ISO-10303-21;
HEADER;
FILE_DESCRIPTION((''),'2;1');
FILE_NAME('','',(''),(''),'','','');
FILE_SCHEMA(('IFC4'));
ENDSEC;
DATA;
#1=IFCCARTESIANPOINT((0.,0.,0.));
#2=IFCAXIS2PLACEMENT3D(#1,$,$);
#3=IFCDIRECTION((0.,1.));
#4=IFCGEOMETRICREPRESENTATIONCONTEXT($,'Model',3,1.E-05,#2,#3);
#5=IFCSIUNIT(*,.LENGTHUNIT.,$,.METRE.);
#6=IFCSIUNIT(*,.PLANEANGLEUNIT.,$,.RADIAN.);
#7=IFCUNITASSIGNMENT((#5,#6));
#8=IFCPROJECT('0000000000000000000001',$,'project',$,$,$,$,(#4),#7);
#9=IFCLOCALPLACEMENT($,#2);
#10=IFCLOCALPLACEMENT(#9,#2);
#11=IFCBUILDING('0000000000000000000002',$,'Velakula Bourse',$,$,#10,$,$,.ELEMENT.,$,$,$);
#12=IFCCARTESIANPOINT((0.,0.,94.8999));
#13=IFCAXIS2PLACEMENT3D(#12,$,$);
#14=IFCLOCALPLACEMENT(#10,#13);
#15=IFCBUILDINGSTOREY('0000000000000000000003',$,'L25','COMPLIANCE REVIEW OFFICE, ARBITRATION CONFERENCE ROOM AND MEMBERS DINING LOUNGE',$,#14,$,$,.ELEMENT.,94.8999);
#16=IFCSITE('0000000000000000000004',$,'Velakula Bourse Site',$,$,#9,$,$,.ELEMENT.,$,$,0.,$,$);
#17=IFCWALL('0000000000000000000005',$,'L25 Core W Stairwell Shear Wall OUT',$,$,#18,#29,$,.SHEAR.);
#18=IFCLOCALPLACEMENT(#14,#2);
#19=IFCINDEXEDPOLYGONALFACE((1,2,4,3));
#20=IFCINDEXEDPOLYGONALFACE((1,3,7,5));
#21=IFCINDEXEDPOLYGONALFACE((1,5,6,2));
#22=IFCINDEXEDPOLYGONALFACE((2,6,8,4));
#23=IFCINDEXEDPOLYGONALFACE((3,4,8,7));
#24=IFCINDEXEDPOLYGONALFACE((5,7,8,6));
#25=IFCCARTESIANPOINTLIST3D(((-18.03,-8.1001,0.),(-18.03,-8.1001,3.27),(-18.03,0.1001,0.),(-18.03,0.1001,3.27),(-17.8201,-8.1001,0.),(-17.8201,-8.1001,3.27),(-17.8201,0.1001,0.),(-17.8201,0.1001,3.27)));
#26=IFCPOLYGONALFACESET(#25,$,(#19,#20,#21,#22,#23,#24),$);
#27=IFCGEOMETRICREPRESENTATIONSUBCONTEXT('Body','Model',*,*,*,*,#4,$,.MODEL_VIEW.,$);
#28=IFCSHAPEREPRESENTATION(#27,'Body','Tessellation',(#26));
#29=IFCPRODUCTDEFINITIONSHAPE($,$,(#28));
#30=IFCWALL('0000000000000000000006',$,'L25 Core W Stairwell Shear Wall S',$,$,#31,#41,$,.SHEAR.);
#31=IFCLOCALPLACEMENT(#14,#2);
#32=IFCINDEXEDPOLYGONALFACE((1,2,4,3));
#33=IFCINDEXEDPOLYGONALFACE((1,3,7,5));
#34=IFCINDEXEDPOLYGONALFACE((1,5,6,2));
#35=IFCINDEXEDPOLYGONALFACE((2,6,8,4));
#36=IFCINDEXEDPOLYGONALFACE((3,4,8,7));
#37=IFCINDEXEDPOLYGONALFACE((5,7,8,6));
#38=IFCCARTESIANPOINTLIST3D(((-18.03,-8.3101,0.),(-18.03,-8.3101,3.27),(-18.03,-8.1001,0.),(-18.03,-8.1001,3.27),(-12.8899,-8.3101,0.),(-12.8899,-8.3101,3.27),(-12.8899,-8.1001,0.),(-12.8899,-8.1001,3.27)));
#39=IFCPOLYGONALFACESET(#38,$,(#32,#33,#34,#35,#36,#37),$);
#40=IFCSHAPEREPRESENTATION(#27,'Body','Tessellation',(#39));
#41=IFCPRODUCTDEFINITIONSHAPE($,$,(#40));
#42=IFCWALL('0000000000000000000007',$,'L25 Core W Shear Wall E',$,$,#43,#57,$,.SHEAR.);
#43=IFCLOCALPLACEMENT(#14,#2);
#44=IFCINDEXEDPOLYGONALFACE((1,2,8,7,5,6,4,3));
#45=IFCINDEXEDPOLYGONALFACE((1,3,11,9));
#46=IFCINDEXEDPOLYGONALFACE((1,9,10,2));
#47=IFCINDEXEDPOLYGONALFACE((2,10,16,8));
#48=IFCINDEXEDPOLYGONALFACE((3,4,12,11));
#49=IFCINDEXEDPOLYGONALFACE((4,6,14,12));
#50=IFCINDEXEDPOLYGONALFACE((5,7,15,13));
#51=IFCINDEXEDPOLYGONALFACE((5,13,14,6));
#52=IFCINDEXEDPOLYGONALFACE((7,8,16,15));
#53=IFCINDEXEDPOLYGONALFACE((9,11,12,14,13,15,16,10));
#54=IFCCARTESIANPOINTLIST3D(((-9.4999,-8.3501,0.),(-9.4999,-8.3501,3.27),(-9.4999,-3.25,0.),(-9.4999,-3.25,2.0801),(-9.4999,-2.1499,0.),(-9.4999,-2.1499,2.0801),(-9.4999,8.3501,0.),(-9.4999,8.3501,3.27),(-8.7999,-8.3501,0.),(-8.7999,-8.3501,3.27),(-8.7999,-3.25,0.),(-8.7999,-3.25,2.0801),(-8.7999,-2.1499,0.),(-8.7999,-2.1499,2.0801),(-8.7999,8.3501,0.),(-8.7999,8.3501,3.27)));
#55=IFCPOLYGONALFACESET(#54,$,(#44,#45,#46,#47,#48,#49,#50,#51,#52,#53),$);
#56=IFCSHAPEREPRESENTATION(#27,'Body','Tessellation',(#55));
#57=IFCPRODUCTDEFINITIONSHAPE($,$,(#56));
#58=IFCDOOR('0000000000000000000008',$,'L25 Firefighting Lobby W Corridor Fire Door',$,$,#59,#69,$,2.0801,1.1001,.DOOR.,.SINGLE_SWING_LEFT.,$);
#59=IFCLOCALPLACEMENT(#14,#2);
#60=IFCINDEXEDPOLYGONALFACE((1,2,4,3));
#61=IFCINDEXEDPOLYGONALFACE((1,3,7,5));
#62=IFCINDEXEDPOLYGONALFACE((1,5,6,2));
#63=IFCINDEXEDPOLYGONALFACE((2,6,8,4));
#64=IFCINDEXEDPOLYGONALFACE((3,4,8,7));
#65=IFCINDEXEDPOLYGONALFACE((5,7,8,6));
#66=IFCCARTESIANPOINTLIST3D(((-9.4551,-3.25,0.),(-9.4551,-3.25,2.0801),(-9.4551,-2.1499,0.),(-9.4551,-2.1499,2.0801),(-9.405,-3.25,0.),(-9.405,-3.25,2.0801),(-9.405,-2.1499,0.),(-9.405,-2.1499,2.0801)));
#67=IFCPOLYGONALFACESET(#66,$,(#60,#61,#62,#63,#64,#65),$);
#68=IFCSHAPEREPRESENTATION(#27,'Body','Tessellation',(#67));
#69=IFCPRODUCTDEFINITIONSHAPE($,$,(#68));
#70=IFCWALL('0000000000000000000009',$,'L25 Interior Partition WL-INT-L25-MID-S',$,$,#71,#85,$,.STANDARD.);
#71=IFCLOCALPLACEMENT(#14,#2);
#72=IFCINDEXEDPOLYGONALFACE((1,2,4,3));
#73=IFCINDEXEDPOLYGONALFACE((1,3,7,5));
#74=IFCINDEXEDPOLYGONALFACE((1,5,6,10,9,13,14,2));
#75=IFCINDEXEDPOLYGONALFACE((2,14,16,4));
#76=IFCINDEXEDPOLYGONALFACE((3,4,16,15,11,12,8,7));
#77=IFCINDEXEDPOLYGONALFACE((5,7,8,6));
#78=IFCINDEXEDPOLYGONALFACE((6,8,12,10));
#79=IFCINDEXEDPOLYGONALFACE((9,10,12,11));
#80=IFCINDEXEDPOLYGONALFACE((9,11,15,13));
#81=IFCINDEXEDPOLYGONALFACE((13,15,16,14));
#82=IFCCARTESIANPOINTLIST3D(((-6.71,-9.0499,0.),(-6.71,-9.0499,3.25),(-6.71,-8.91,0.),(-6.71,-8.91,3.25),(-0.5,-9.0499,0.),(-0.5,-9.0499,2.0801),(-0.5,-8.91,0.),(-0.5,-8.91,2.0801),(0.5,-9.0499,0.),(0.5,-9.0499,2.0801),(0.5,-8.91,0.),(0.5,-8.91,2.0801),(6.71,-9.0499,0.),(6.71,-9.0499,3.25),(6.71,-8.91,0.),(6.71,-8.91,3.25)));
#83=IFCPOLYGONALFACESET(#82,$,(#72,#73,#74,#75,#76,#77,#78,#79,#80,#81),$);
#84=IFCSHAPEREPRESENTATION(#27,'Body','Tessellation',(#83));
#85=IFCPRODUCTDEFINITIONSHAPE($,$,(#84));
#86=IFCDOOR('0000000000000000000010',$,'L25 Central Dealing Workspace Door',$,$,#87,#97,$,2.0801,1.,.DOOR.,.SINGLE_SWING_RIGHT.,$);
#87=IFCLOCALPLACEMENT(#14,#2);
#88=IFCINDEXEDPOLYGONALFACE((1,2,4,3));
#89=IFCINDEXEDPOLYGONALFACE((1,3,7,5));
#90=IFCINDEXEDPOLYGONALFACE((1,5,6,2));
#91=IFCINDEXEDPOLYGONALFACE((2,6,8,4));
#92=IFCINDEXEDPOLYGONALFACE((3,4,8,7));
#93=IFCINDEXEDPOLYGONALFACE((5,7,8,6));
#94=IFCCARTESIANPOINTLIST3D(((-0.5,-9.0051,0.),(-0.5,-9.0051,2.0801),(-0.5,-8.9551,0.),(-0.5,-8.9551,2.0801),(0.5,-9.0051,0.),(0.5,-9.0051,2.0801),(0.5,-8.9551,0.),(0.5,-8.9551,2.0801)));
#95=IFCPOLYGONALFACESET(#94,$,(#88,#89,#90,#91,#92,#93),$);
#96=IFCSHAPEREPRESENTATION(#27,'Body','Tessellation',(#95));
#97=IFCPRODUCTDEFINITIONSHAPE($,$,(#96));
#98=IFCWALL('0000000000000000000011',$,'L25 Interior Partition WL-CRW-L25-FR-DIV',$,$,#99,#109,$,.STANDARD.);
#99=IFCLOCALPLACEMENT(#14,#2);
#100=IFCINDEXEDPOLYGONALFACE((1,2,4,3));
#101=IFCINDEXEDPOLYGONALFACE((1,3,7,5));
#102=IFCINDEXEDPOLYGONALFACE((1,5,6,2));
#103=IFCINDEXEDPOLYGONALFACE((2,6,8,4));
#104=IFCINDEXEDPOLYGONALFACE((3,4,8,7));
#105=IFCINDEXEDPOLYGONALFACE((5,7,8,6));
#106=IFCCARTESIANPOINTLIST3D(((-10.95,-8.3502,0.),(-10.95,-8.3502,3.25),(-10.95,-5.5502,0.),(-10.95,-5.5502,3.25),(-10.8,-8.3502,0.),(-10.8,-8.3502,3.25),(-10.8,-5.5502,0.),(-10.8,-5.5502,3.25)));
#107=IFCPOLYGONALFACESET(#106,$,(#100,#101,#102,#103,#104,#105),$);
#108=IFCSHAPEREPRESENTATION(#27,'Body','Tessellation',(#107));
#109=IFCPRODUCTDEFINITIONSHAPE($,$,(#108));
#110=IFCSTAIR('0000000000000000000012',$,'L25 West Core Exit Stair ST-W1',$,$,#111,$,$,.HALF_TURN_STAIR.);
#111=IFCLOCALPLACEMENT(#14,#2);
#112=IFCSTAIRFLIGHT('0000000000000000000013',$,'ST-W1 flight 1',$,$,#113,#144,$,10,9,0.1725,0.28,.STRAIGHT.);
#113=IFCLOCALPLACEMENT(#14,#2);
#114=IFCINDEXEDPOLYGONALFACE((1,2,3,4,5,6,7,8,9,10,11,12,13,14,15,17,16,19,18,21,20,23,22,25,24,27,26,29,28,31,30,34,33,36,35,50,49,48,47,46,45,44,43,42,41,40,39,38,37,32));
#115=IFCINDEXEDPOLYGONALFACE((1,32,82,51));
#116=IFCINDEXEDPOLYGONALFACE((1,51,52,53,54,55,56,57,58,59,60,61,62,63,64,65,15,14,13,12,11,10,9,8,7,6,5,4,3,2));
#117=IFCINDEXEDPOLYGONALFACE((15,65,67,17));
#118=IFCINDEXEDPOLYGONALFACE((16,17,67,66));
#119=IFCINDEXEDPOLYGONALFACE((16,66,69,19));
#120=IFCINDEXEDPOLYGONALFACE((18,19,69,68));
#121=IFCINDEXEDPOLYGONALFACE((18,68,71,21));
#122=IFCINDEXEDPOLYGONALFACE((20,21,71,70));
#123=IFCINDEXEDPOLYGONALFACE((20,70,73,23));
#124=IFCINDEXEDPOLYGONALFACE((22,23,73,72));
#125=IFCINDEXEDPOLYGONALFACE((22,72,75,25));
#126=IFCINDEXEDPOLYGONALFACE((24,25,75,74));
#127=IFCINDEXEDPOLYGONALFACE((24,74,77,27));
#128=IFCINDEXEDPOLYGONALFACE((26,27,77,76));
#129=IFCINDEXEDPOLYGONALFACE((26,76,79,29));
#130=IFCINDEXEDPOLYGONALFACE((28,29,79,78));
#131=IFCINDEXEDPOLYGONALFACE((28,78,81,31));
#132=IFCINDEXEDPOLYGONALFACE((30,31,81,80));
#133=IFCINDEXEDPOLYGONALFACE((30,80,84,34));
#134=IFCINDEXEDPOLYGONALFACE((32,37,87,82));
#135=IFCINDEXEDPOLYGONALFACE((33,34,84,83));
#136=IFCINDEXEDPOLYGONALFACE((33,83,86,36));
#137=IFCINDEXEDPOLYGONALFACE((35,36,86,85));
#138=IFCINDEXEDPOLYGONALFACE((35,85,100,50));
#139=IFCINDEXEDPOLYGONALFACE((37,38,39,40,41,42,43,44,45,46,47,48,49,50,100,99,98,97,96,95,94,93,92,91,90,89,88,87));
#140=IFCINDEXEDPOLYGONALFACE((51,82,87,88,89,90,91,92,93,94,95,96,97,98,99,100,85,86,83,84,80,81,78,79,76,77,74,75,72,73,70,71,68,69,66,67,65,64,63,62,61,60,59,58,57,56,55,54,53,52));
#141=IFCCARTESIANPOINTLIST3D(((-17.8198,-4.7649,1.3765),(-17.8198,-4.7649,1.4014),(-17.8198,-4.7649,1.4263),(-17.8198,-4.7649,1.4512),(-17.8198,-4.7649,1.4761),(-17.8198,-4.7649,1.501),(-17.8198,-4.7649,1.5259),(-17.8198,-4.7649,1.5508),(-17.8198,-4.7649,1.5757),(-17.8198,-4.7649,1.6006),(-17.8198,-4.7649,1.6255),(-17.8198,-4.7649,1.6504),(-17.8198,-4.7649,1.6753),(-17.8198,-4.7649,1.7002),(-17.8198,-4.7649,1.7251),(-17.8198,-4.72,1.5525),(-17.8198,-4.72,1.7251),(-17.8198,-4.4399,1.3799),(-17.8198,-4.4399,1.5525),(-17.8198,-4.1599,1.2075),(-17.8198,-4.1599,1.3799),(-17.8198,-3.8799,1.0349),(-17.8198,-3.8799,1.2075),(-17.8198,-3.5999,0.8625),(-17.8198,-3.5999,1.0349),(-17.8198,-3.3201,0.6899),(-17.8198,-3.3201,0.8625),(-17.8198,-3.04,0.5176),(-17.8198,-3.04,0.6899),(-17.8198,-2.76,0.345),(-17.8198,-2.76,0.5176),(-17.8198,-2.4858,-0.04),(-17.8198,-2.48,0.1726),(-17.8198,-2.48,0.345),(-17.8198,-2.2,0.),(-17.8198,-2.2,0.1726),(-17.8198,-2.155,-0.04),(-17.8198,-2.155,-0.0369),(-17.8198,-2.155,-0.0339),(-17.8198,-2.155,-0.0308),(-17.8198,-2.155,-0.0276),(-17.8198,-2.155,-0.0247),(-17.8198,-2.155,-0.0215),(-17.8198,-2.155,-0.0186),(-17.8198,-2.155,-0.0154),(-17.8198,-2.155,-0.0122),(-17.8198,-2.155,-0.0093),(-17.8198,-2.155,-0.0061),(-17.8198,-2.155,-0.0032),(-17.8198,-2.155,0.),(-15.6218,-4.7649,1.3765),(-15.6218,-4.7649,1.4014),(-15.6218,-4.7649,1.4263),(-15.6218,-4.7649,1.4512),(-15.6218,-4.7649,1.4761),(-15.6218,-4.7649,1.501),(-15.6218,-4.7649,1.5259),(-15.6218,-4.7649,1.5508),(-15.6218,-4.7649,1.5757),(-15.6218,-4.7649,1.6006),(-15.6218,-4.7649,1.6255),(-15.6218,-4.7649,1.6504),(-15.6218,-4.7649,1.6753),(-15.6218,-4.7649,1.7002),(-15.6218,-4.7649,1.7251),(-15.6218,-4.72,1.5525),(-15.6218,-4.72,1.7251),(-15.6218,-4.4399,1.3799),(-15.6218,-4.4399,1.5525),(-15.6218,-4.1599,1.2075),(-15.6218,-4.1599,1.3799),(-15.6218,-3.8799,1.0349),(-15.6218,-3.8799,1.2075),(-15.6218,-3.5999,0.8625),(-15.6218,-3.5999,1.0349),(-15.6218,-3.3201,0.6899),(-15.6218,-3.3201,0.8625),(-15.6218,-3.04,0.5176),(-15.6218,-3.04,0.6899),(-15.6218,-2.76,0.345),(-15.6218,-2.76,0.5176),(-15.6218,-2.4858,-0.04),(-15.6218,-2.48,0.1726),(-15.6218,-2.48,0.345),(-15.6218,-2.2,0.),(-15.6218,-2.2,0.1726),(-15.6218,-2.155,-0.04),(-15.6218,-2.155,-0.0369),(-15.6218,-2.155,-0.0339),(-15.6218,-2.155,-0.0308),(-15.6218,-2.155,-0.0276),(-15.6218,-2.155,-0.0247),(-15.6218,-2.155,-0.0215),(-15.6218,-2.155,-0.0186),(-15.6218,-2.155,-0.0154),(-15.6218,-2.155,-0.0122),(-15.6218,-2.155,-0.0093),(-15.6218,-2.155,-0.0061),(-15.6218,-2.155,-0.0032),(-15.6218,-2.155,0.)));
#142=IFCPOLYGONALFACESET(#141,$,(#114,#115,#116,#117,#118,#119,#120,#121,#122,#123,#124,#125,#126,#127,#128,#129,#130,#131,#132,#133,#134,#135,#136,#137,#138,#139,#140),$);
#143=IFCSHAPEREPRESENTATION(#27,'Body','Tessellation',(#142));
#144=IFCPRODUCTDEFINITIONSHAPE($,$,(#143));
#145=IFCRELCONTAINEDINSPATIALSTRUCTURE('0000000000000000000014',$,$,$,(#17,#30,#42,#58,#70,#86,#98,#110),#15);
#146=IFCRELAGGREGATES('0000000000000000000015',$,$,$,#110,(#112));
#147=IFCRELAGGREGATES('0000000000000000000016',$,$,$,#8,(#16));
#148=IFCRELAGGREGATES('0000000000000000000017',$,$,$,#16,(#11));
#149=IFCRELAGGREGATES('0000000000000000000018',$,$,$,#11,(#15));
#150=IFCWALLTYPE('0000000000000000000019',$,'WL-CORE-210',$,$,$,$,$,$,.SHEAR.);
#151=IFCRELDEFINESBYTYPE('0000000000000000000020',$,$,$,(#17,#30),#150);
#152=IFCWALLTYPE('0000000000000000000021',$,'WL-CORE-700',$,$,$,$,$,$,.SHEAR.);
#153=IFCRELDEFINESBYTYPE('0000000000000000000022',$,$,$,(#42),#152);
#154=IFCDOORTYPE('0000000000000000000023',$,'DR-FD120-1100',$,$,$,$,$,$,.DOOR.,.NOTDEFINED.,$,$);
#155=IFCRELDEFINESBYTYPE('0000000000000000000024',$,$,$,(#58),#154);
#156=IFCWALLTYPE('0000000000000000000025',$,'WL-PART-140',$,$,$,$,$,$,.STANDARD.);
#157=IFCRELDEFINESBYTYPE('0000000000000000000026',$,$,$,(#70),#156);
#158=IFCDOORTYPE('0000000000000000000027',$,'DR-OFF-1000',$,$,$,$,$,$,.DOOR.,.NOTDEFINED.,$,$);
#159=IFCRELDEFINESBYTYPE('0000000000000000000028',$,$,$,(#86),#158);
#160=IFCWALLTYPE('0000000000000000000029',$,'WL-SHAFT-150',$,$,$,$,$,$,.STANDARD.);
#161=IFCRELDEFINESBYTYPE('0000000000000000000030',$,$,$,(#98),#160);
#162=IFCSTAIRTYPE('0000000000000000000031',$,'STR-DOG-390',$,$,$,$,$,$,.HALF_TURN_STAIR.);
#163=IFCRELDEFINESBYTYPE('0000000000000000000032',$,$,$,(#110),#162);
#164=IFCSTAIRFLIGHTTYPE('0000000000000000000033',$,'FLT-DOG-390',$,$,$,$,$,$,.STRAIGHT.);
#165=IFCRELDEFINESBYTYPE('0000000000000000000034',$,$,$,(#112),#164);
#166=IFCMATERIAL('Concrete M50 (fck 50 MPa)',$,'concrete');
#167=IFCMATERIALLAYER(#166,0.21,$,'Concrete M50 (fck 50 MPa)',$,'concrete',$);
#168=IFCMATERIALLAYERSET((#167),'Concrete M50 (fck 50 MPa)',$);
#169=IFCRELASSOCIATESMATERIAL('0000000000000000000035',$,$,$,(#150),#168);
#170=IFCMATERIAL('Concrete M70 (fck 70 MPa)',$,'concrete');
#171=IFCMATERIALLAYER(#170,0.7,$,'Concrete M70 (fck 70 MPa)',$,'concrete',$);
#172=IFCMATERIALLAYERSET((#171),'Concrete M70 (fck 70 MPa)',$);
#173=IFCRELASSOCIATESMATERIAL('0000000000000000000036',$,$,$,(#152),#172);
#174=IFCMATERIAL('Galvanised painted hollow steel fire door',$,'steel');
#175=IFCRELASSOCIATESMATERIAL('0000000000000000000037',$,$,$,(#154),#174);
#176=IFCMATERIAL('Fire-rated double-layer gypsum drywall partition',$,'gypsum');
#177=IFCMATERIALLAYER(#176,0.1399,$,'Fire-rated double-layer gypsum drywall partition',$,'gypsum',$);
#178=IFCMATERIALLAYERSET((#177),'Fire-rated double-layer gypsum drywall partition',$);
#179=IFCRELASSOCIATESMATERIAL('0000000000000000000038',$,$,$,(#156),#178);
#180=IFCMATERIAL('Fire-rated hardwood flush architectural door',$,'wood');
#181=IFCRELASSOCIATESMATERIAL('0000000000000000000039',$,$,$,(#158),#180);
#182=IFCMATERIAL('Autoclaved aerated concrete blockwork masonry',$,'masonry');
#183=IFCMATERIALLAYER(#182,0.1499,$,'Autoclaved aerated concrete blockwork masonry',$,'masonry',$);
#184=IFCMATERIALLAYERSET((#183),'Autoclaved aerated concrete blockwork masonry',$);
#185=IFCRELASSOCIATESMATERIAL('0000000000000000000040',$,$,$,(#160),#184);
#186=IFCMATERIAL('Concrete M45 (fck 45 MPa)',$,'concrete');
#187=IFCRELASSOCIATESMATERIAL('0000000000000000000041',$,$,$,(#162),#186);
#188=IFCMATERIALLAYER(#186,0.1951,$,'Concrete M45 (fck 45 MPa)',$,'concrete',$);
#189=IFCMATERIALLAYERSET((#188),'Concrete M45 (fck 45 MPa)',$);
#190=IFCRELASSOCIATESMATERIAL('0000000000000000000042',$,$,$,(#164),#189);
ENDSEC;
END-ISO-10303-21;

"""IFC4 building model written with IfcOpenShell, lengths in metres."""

from ifc_helpers import new_model, si_unit, direction, frame, frame_2d, origin, place, context, subcontext, project, spatial, polyline, rectangle, outline, extrude, material, layer, layer_set, type_object, element, fill, aggregate, save


model = new_model("IFC4")

# Units and contexts
model_context = context("Model", 3, precision=1e-05, world=origin(), true_north=direction((0.0, 1.0)))
body_context = subcontext(model_context, "Body", "Model", "MODEL_VIEW")
ifc_project = project(units=[si_unit("LENGTHUNIT", "METRE"), si_unit("PLANEANGLEUNIT", "RADIAN")], contexts=[model_context])

# Site, building, storey
site_placement = place(None, origin())
site = spatial("IfcSite", under=ifc_project, at=site_placement, Name="Velakula Bourse Site", CompositionType="ELEMENT", RefElevation=0.0)
building_placement = place(site_placement, origin())
building = spatial("IfcBuilding", under=site, at=building_placement, Name="Velakula Bourse", CompositionType="ELEMENT")
storey_placement = place(building_placement, frame((0.0, 0.0, 94.8999)))
storey = spatial("IfcBuildingStorey", under=building, at=storey_placement, Name="L25", Description="COMPLIANCE REVIEW OFFICE, ARBITRATION CONFERENCE ROOM AND MEMBERS DINING LOUNGE", CompositionType="ELEMENT", Elevation=94.8999)

# Shared definitions
ifc_material_1 = material(Name="Concrete M70 (fck 70 MPa)", Category="concrete")

# Shared definitions
ifc_material_2 = material(Name="Concrete M50 (fck 50 MPa)", Category="concrete")
ifc_layer_1 = layer(ifc_material_2, 0.21, Name="Concrete M50 (fck 50 MPa)", Category="concrete")
ifc_layer_set_1 = layer_set([ifc_layer_1], Name="Concrete M50 (fck 50 MPa)")
wall_type_1 = type_object("IfcWallType", Name="WL-CORE-210", PredefinedType="SHEAR", material=ifc_layer_set_1)
ifc_material_3 = material(Name="Galvanised painted hollow steel fire door", Category="steel")

# Walls
wall_1_placement = place(storey_placement, frame((-17.925, -8.1001, 0.0), z_axis=(0.0, 0.0, 1.0), x_axis=(0.0, 1.0, 0.0)))
element("IfcWall", 1, at=wall_1_placement, inside=storey, type_object=wall_type_1, Name="L25 Core W Stairwell Shear Wall OUT", PredefinedType="SHEAR", context=body_context, shape_type="SweptSolid", body=[
    extrude(rectangle(XDim=8.2002, YDim=0.21, at=frame_2d((4.1001, 0.0))), origin(), (0.0, 0.0, 1.0), 3.27),
])
wall_2_placement = place(storey_placement, frame((-18.03, -8.2051, 0.0), z_axis=(0.0, 0.0, 1.0), x_axis=(1.0, 0.0, 0.0)))
element("IfcWall", 2, at=wall_2_placement, inside=storey, type_object=wall_type_1, Name="L25 Core W Stairwell Shear Wall S", PredefinedType="SHEAR", context=body_context, shape_type="SweptSolid", body=[
    extrude(rectangle(XDim=5.1401, YDim=0.21, at=frame_2d((2.5701, 0.0))), origin(), (0.0, 0.0, 1.0), 3.27),
])

# Walls, openings, doors
ifc_layer_2 = layer(ifc_material_1, 0.7, Name="Concrete M70 (fck 70 MPa)", Category="concrete")
ifc_layer_set_2 = layer_set([ifc_layer_2], Name="Concrete M70 (fck 70 MPa)")
wall_type_2 = type_object("IfcWallType", Name="WL-CORE-700", PredefinedType="SHEAR", material=ifc_layer_set_2)
wall_3_placement = place(storey_placement, frame((-9.1499, -8.3501, 0.0), z_axis=(0.0, 0.0, 1.0), x_axis=(0.0, 1.0, 0.0)))
wall_3 = element("IfcWall", 3, at=wall_3_placement, inside=storey, type_object=wall_type_2, Name="L25 Core W Shear Wall E", PredefinedType="SHEAR", context=body_context, shape_type="SweptSolid", body=[
    extrude(rectangle(XDim=16.7002, YDim=0.7, at=frame_2d((8.3501, 0.0))), origin(), (0.0, 0.0, 1.0), 3.27),
])
opening_1_placement = place(wall_3_placement, frame((5.1001, 0.0, 0.0)))
opening_1 = element("IfcOpeningElement", 4, at=opening_1_placement, cuts=wall_3, PredefinedType="OPENING", context=body_context, shape_type="SweptSolid", body=[
    extrude(rectangle(XDim=1.1001, YDim=2.0801, at=frame_2d((0.55, 1.04))), frame((0.0, 0.3599, 0.0), z_axis=(0.0, -1.0, 0.0), x_axis=(1.0, 0.0, 0.0)), (0.0, 0.0, 1.0), 0.72),
])
door_type_1 = type_object("IfcDoorType", Name="DR-FD120-1100", OperationType="NOTDEFINED", PredefinedType="DOOR", material=ifc_material_3)
door_1_placement = place(opening_1_placement, origin())
door_1 = element("IfcDoor", 5, at=door_1_placement, inside=storey, type_object=door_type_1, Name="L25 Firefighting Lobby W Corridor Fire Door", OperationType="SINGLE_SWING_LEFT", OverallHeight=2.0801, OverallWidth=1.1001, PredefinedType="DOOR", context=body_context, shape_type="SweptSolid", body=[
    extrude(rectangle(XDim=1.1001, YDim=2.0801, at=frame_2d((0.55, 1.04))), frame((0.0, 0.3052, 0.0), z_axis=(0.0, -1.0, 0.0), x_axis=(1.0, 0.0, 0.0)), (0.0, 0.0, 1.0), 0.05),
])
fill(opening_1, door_1)
ifc_material_4 = material(Name="Fire-rated double-layer gypsum drywall partition", Category="gypsum")
ifc_layer_3 = layer(ifc_material_4, 0.1399, Name="Fire-rated double-layer gypsum drywall partition", Category="gypsum")
ifc_layer_set_3 = layer_set([ifc_layer_3], Name="Fire-rated double-layer gypsum drywall partition")
wall_type_3 = type_object("IfcWallType", Name="WL-PART-140", PredefinedType="STANDARD", material=ifc_layer_set_3)
wall_4_placement = place(storey_placement, frame((-6.71, -8.98, 0.0), z_axis=(0.0, 0.0, 1.0), x_axis=(1.0, 0.0, 0.0)))
wall_4 = element("IfcWall", 6, at=wall_4_placement, inside=storey, type_object=wall_type_3, Name="L25 Interior Partition WL-INT-L25-MID-S", PredefinedType="STANDARD", context=body_context, shape_type="SweptSolid", body=[
    extrude(rectangle(XDim=13.4199, YDim=0.1399, at=frame_2d((6.71, 0.0))), origin(), (0.0, 0.0, 1.0), 3.25),
])
opening_2_placement = place(wall_4_placement, frame((6.21, 0.0, 0.0)))
opening_2 = element("IfcOpeningElement", 7, at=opening_2_placement, cuts=wall_4, PredefinedType="OPENING", context=body_context, shape_type="SweptSolid", body=[
    extrude(rectangle(XDim=1.0, YDim=2.0801, at=frame_2d((0.5, 1.04))), frame((0.0, 0.0798, 0.0), z_axis=(0.0, -1.0, 0.0), x_axis=(1.0, 0.0, 0.0)), (0.0, 0.0, 1.0), 0.1599),
])
ifc_material_5 = material(Name="Fire-rated hardwood flush architectural door", Category="wood")
door_type_2 = type_object("IfcDoorType", Name="DR-OFF-1000", OperationType="NOTDEFINED", PredefinedType="DOOR", material=ifc_material_5)
door_2_placement = place(opening_2_placement, origin())
door_2 = element("IfcDoor", 8, at=door_2_placement, inside=storey, type_object=door_type_2, Name="L25 Central Dealing Workspace Door", OperationType="SINGLE_SWING_RIGHT", OverallHeight=2.0801, OverallWidth=1.0, PredefinedType="DOOR", context=body_context, shape_type="SweptSolid", body=[
    extrude(rectangle(XDim=1.0, YDim=2.0801, at=frame_2d((0.5, 1.04))), frame((0.0, 0.0249, 0.0), z_axis=(0.0, -1.0, 0.0), x_axis=(1.0, 0.0, 0.0)), (0.0, 0.0, 1.0), 0.05),
])
fill(opening_2, door_2)

# Shared definitions
ifc_material_6 = material(Name="Autoclaved aerated concrete blockwork masonry", Category="masonry")
ifc_layer_4 = layer(ifc_material_6, 0.1499, Name="Autoclaved aerated concrete blockwork masonry", Category="masonry")
ifc_layer_set_4 = layer_set([ifc_layer_4], Name="Autoclaved aerated concrete blockwork masonry")
wall_type_4 = type_object("IfcWallType", Name="WL-SHAFT-150", PredefinedType="STANDARD", material=ifc_layer_set_4)

# Wall
wall_5_placement = place(storey_placement, frame((-10.875, -8.3501, 0.0), z_axis=(0.0, 0.0, 1.0), x_axis=(0.0, 1.0, 0.0)))
element("IfcWall", 9, at=wall_5_placement, inside=storey, type_object=wall_type_4, Name="L25 Interior Partition WL-CRW-L25-FR-DIV", PredefinedType="STANDARD", context=body_context, shape_type="SweptSolid", body=[
    extrude(rectangle(XDim=2.8, YDim=0.1499, at=frame_2d((1.3999, 0.0))), origin(), (0.0, 0.0, 1.0), 3.25),
])

# Stair, stair flight
ifc_material_7 = material(Name="Concrete M45 (fck 45 MPa)", Category="concrete")
stair_type = type_object("IfcStairType", Name="STR-DOG-390", PredefinedType="HALF_TURN_STAIR", material=ifc_material_7)
stair_placement = place(storey_placement, origin())
stair = element("IfcStair", 10, at=stair_placement, inside=storey, type_object=stair_type, Name="L25 West Core Exit Stair ST-W1", PredefinedType="HALF_TURN_STAIR")
ifc_layer_5 = layer(ifc_material_7, 0.1951, Name="Concrete M45 (fck 45 MPa)", Category="concrete")
ifc_layer_set_5 = layer_set([ifc_layer_5], Name="Concrete M45 (fck 45 MPa)")
stair_flight_type = type_object("IfcStairFlightType", Name="FLT-DOG-390", PredefinedType="STRAIGHT", material=ifc_layer_set_5)
stair_flight_1_placement = place(storey_placement, frame((-16.7209, -2.2, 0.0), z_axis=(0.0, 0.0, 1.0), x_axis=(0.0, -1.0, 0.0)))
stair_flight_1 = element("IfcStairFlight", 11, at=stair_flight_1_placement, type_object=stair_flight_type, Name="ST-W1 flight 1", NumberOfRisers=10, NumberOfTreads=9, PredefinedType="STRAIGHT", RiserHeight=0.1725, TreadLength=0.28, context=body_context, shape_type="SweptSolid", body=[
    extrude(outline(polyline([(-0.0449, -0.04), (-0.0449, -0.0369), (-0.0449, -0.0339), (-0.0449, -0.0308), (-0.0449, -0.0276), (-0.0449, -0.0247), (-0.0449, -0.0215), (-0.0449, -0.0186), (-0.0449, -0.0154), (-0.0449, -0.0122), (-0.0449, -0.0093), (-0.0449, -0.0061), (-0.0449, -0.0032), (-0.0449, 0.0), (0.0, 0.0), (0.0, 0.1726), (0.28, 0.1726), (0.28, 0.345), (0.5601, 0.345), (0.5601, 0.5176), (0.8401, 0.5176), (0.8401, 0.6899), (1.1201, 0.6899), (1.1201, 0.8625), (1.3999, 0.8625), (1.3999, 1.0349), (1.6799, 1.0349), (1.6799, 1.2075), (1.96, 1.2075), (1.96, 1.3799), (2.24, 1.3799), (2.24, 1.5525), (2.52, 1.5525), (2.52, 1.7251), (2.5649, 1.7251), (2.5649, 1.7002), (2.5649, 1.6753), (2.5649, 1.6504), (2.5649, 1.6255), (2.5649, 1.6006), (2.5649, 1.5757), (2.5649, 1.5508), (2.5649, 1.5259), (2.5649, 1.501), (2.5649, 1.4761), (2.5649, 1.4512), (2.5649, 1.4263), (2.5649, 1.4014), (2.5649, 1.3765), (0.2859, -0.04), (-0.0449, -0.04)])), frame((0.0, 1.0991, 0.0), z_axis=(0.0, -1.0, 0.0), x_axis=(1.0, 0.0, 0.0)), (0.0, 0.0, 1.0), 2.198),
])
aggregate(stair, [stair_flight_1])

save(model, "model.ifc")
